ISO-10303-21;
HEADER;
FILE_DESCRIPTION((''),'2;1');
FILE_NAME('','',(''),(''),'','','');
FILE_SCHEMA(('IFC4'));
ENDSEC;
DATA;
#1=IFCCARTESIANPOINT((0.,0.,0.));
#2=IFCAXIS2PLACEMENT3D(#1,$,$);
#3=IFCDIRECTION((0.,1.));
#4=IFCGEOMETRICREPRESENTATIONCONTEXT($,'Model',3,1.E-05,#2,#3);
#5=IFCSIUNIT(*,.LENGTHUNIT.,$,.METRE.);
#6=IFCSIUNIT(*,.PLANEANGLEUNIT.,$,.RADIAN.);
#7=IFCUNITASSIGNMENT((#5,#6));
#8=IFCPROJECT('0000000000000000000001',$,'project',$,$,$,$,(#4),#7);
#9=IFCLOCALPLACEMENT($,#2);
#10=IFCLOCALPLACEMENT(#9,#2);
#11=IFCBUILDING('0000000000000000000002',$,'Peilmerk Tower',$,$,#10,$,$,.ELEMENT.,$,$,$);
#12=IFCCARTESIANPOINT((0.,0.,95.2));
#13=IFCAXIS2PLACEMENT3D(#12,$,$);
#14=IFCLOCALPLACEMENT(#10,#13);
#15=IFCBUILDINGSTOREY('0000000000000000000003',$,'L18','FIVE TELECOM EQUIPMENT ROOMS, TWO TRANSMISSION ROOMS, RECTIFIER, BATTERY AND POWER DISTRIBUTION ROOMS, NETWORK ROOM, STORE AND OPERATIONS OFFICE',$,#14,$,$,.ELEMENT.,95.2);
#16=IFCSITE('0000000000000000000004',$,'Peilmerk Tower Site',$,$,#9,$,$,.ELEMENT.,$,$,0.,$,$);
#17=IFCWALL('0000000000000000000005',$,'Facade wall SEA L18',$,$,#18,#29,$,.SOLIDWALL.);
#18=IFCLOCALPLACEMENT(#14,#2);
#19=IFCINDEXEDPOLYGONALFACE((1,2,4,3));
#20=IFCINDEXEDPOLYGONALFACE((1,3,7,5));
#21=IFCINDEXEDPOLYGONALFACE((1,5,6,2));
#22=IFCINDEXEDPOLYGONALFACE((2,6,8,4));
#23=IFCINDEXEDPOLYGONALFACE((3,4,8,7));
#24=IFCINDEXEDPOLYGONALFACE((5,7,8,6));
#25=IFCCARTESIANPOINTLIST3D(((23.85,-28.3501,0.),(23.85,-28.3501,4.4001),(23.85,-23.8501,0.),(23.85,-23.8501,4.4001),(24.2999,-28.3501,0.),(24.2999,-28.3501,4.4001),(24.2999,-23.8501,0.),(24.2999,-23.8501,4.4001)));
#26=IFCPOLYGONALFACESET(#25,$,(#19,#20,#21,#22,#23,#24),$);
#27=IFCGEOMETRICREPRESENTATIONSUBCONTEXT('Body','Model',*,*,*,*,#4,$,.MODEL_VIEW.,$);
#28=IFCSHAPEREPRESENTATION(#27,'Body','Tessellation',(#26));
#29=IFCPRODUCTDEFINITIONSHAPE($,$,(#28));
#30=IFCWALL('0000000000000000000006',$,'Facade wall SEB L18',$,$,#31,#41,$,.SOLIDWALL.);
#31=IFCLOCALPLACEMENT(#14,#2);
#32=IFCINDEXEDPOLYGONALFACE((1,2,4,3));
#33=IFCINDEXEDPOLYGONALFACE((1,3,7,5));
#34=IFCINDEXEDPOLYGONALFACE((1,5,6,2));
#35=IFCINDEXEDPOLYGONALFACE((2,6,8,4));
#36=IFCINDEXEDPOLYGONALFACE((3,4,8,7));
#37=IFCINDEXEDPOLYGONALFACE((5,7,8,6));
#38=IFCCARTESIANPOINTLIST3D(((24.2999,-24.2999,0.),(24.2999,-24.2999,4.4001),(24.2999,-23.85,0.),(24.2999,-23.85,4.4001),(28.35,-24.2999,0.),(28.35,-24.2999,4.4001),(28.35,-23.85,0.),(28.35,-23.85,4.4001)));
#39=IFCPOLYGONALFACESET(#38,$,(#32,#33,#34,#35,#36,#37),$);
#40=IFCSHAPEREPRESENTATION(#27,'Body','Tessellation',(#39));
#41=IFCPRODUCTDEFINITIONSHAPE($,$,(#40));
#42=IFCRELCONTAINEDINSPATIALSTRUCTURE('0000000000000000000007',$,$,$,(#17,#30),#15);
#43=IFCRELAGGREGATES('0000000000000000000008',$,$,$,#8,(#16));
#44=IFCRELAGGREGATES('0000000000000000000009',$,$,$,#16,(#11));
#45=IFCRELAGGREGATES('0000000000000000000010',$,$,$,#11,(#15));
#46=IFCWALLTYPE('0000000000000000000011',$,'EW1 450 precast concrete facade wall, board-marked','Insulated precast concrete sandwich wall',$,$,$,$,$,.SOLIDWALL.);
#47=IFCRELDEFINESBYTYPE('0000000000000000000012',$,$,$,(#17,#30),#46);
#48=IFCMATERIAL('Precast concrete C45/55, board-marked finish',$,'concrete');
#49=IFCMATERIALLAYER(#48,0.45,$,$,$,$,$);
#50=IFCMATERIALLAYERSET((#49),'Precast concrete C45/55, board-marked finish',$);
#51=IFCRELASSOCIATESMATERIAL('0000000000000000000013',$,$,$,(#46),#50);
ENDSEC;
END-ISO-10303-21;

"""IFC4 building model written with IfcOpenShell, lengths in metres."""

from ifc_helpers import new_model, si_unit, direction, frame, frame_2d, origin, place, context, subcontext, project, spatial, rectangle, extrude, material, layer, layer_set, type_object, element, save


model = new_model("IFC4")

# Units and contexts
model_context = context("Model", 3, precision=1e-05, world=origin(), true_north=direction((0.0, 1.0)))
body_context = subcontext(model_context, "Body", "Model", "MODEL_VIEW")
ifc_project = project(units=[si_unit("LENGTHUNIT", "METRE"), si_unit("PLANEANGLEUNIT", "RADIAN")], contexts=[model_context])

# Site, building, storey
site_placement = place(None, origin())
site = spatial("IfcSite", under=ifc_project, at=site_placement, Name="Peilmerk Tower Site", CompositionType="ELEMENT", RefElevation=0.0)
building_placement = place(site_placement, origin())
building = spatial("IfcBuilding", under=site, at=building_placement, Name="Peilmerk Tower", CompositionType="ELEMENT")
storey_placement = place(building_placement, frame((0.0, 0.0, 95.2)))
storey = spatial("IfcBuildingStorey", under=building, at=storey_placement, Name="L18", Description="FIVE TELECOM EQUIPMENT ROOMS, TWO TRANSMISSION ROOMS, RECTIFIER, BATTERY AND POWER DISTRIBUTION ROOMS, NETWORK ROOM, STORE AND OPERATIONS OFFICE", CompositionType="ELEMENT", Elevation=95.2)

# Shared definitions
ifc_material_1 = material(Name="Precast concrete C45/55, board-marked finish", Category="concrete")
ifc_layer = layer(ifc_material_1, 0.45)
ifc_layer_set = layer_set([ifc_layer], Name="Precast concrete C45/55, board-marked finish")
wall_type = type_object("IfcWallType", Name="EW1 450 precast concrete facade wall, board-marked", Description="Insulated precast concrete sandwich wall", PredefinedType="SOLIDWALL", material=ifc_layer_set)

# Walls
wall_1_placement = place(storey_placement, frame((24.075, -23.8501, 0.0), z_axis=(0.0, 0.0, 1.0), x_axis=(0.0, -1.0, 0.0)))
element("IfcWall", 1, at=wall_1_placement, inside=storey, type_object=wall_type, Name="Facade wall SEA L18", PredefinedType="SOLIDWALL", context=body_context, shape_type="SweptSolid", body=[
    extrude(rectangle(XDim=4.5, YDim=0.45, at=frame_2d((2.25, 0.0))), origin(), (0.0, 0.0, 1.0), 4.4001),
])
wall_2_placement = place(storey_placement, frame((24.3, -24.075, 0.0), z_axis=(0.0, 0.0, 1.0), x_axis=(1.0, 0.0, 0.0)))
element("IfcWall", 2, at=wall_2_placement, inside=storey, type_object=wall_type, Name="Facade wall SEB L18", PredefinedType="SOLIDWALL", context=body_context, shape_type="SweptSolid", body=[
    extrude(rectangle(XDim=4.05, YDim=0.45, at=frame_2d((2.0249, 0.0))), origin(), (0.0, 0.0, 1.0), 4.4001),
])

save(model, "model.ifc")
